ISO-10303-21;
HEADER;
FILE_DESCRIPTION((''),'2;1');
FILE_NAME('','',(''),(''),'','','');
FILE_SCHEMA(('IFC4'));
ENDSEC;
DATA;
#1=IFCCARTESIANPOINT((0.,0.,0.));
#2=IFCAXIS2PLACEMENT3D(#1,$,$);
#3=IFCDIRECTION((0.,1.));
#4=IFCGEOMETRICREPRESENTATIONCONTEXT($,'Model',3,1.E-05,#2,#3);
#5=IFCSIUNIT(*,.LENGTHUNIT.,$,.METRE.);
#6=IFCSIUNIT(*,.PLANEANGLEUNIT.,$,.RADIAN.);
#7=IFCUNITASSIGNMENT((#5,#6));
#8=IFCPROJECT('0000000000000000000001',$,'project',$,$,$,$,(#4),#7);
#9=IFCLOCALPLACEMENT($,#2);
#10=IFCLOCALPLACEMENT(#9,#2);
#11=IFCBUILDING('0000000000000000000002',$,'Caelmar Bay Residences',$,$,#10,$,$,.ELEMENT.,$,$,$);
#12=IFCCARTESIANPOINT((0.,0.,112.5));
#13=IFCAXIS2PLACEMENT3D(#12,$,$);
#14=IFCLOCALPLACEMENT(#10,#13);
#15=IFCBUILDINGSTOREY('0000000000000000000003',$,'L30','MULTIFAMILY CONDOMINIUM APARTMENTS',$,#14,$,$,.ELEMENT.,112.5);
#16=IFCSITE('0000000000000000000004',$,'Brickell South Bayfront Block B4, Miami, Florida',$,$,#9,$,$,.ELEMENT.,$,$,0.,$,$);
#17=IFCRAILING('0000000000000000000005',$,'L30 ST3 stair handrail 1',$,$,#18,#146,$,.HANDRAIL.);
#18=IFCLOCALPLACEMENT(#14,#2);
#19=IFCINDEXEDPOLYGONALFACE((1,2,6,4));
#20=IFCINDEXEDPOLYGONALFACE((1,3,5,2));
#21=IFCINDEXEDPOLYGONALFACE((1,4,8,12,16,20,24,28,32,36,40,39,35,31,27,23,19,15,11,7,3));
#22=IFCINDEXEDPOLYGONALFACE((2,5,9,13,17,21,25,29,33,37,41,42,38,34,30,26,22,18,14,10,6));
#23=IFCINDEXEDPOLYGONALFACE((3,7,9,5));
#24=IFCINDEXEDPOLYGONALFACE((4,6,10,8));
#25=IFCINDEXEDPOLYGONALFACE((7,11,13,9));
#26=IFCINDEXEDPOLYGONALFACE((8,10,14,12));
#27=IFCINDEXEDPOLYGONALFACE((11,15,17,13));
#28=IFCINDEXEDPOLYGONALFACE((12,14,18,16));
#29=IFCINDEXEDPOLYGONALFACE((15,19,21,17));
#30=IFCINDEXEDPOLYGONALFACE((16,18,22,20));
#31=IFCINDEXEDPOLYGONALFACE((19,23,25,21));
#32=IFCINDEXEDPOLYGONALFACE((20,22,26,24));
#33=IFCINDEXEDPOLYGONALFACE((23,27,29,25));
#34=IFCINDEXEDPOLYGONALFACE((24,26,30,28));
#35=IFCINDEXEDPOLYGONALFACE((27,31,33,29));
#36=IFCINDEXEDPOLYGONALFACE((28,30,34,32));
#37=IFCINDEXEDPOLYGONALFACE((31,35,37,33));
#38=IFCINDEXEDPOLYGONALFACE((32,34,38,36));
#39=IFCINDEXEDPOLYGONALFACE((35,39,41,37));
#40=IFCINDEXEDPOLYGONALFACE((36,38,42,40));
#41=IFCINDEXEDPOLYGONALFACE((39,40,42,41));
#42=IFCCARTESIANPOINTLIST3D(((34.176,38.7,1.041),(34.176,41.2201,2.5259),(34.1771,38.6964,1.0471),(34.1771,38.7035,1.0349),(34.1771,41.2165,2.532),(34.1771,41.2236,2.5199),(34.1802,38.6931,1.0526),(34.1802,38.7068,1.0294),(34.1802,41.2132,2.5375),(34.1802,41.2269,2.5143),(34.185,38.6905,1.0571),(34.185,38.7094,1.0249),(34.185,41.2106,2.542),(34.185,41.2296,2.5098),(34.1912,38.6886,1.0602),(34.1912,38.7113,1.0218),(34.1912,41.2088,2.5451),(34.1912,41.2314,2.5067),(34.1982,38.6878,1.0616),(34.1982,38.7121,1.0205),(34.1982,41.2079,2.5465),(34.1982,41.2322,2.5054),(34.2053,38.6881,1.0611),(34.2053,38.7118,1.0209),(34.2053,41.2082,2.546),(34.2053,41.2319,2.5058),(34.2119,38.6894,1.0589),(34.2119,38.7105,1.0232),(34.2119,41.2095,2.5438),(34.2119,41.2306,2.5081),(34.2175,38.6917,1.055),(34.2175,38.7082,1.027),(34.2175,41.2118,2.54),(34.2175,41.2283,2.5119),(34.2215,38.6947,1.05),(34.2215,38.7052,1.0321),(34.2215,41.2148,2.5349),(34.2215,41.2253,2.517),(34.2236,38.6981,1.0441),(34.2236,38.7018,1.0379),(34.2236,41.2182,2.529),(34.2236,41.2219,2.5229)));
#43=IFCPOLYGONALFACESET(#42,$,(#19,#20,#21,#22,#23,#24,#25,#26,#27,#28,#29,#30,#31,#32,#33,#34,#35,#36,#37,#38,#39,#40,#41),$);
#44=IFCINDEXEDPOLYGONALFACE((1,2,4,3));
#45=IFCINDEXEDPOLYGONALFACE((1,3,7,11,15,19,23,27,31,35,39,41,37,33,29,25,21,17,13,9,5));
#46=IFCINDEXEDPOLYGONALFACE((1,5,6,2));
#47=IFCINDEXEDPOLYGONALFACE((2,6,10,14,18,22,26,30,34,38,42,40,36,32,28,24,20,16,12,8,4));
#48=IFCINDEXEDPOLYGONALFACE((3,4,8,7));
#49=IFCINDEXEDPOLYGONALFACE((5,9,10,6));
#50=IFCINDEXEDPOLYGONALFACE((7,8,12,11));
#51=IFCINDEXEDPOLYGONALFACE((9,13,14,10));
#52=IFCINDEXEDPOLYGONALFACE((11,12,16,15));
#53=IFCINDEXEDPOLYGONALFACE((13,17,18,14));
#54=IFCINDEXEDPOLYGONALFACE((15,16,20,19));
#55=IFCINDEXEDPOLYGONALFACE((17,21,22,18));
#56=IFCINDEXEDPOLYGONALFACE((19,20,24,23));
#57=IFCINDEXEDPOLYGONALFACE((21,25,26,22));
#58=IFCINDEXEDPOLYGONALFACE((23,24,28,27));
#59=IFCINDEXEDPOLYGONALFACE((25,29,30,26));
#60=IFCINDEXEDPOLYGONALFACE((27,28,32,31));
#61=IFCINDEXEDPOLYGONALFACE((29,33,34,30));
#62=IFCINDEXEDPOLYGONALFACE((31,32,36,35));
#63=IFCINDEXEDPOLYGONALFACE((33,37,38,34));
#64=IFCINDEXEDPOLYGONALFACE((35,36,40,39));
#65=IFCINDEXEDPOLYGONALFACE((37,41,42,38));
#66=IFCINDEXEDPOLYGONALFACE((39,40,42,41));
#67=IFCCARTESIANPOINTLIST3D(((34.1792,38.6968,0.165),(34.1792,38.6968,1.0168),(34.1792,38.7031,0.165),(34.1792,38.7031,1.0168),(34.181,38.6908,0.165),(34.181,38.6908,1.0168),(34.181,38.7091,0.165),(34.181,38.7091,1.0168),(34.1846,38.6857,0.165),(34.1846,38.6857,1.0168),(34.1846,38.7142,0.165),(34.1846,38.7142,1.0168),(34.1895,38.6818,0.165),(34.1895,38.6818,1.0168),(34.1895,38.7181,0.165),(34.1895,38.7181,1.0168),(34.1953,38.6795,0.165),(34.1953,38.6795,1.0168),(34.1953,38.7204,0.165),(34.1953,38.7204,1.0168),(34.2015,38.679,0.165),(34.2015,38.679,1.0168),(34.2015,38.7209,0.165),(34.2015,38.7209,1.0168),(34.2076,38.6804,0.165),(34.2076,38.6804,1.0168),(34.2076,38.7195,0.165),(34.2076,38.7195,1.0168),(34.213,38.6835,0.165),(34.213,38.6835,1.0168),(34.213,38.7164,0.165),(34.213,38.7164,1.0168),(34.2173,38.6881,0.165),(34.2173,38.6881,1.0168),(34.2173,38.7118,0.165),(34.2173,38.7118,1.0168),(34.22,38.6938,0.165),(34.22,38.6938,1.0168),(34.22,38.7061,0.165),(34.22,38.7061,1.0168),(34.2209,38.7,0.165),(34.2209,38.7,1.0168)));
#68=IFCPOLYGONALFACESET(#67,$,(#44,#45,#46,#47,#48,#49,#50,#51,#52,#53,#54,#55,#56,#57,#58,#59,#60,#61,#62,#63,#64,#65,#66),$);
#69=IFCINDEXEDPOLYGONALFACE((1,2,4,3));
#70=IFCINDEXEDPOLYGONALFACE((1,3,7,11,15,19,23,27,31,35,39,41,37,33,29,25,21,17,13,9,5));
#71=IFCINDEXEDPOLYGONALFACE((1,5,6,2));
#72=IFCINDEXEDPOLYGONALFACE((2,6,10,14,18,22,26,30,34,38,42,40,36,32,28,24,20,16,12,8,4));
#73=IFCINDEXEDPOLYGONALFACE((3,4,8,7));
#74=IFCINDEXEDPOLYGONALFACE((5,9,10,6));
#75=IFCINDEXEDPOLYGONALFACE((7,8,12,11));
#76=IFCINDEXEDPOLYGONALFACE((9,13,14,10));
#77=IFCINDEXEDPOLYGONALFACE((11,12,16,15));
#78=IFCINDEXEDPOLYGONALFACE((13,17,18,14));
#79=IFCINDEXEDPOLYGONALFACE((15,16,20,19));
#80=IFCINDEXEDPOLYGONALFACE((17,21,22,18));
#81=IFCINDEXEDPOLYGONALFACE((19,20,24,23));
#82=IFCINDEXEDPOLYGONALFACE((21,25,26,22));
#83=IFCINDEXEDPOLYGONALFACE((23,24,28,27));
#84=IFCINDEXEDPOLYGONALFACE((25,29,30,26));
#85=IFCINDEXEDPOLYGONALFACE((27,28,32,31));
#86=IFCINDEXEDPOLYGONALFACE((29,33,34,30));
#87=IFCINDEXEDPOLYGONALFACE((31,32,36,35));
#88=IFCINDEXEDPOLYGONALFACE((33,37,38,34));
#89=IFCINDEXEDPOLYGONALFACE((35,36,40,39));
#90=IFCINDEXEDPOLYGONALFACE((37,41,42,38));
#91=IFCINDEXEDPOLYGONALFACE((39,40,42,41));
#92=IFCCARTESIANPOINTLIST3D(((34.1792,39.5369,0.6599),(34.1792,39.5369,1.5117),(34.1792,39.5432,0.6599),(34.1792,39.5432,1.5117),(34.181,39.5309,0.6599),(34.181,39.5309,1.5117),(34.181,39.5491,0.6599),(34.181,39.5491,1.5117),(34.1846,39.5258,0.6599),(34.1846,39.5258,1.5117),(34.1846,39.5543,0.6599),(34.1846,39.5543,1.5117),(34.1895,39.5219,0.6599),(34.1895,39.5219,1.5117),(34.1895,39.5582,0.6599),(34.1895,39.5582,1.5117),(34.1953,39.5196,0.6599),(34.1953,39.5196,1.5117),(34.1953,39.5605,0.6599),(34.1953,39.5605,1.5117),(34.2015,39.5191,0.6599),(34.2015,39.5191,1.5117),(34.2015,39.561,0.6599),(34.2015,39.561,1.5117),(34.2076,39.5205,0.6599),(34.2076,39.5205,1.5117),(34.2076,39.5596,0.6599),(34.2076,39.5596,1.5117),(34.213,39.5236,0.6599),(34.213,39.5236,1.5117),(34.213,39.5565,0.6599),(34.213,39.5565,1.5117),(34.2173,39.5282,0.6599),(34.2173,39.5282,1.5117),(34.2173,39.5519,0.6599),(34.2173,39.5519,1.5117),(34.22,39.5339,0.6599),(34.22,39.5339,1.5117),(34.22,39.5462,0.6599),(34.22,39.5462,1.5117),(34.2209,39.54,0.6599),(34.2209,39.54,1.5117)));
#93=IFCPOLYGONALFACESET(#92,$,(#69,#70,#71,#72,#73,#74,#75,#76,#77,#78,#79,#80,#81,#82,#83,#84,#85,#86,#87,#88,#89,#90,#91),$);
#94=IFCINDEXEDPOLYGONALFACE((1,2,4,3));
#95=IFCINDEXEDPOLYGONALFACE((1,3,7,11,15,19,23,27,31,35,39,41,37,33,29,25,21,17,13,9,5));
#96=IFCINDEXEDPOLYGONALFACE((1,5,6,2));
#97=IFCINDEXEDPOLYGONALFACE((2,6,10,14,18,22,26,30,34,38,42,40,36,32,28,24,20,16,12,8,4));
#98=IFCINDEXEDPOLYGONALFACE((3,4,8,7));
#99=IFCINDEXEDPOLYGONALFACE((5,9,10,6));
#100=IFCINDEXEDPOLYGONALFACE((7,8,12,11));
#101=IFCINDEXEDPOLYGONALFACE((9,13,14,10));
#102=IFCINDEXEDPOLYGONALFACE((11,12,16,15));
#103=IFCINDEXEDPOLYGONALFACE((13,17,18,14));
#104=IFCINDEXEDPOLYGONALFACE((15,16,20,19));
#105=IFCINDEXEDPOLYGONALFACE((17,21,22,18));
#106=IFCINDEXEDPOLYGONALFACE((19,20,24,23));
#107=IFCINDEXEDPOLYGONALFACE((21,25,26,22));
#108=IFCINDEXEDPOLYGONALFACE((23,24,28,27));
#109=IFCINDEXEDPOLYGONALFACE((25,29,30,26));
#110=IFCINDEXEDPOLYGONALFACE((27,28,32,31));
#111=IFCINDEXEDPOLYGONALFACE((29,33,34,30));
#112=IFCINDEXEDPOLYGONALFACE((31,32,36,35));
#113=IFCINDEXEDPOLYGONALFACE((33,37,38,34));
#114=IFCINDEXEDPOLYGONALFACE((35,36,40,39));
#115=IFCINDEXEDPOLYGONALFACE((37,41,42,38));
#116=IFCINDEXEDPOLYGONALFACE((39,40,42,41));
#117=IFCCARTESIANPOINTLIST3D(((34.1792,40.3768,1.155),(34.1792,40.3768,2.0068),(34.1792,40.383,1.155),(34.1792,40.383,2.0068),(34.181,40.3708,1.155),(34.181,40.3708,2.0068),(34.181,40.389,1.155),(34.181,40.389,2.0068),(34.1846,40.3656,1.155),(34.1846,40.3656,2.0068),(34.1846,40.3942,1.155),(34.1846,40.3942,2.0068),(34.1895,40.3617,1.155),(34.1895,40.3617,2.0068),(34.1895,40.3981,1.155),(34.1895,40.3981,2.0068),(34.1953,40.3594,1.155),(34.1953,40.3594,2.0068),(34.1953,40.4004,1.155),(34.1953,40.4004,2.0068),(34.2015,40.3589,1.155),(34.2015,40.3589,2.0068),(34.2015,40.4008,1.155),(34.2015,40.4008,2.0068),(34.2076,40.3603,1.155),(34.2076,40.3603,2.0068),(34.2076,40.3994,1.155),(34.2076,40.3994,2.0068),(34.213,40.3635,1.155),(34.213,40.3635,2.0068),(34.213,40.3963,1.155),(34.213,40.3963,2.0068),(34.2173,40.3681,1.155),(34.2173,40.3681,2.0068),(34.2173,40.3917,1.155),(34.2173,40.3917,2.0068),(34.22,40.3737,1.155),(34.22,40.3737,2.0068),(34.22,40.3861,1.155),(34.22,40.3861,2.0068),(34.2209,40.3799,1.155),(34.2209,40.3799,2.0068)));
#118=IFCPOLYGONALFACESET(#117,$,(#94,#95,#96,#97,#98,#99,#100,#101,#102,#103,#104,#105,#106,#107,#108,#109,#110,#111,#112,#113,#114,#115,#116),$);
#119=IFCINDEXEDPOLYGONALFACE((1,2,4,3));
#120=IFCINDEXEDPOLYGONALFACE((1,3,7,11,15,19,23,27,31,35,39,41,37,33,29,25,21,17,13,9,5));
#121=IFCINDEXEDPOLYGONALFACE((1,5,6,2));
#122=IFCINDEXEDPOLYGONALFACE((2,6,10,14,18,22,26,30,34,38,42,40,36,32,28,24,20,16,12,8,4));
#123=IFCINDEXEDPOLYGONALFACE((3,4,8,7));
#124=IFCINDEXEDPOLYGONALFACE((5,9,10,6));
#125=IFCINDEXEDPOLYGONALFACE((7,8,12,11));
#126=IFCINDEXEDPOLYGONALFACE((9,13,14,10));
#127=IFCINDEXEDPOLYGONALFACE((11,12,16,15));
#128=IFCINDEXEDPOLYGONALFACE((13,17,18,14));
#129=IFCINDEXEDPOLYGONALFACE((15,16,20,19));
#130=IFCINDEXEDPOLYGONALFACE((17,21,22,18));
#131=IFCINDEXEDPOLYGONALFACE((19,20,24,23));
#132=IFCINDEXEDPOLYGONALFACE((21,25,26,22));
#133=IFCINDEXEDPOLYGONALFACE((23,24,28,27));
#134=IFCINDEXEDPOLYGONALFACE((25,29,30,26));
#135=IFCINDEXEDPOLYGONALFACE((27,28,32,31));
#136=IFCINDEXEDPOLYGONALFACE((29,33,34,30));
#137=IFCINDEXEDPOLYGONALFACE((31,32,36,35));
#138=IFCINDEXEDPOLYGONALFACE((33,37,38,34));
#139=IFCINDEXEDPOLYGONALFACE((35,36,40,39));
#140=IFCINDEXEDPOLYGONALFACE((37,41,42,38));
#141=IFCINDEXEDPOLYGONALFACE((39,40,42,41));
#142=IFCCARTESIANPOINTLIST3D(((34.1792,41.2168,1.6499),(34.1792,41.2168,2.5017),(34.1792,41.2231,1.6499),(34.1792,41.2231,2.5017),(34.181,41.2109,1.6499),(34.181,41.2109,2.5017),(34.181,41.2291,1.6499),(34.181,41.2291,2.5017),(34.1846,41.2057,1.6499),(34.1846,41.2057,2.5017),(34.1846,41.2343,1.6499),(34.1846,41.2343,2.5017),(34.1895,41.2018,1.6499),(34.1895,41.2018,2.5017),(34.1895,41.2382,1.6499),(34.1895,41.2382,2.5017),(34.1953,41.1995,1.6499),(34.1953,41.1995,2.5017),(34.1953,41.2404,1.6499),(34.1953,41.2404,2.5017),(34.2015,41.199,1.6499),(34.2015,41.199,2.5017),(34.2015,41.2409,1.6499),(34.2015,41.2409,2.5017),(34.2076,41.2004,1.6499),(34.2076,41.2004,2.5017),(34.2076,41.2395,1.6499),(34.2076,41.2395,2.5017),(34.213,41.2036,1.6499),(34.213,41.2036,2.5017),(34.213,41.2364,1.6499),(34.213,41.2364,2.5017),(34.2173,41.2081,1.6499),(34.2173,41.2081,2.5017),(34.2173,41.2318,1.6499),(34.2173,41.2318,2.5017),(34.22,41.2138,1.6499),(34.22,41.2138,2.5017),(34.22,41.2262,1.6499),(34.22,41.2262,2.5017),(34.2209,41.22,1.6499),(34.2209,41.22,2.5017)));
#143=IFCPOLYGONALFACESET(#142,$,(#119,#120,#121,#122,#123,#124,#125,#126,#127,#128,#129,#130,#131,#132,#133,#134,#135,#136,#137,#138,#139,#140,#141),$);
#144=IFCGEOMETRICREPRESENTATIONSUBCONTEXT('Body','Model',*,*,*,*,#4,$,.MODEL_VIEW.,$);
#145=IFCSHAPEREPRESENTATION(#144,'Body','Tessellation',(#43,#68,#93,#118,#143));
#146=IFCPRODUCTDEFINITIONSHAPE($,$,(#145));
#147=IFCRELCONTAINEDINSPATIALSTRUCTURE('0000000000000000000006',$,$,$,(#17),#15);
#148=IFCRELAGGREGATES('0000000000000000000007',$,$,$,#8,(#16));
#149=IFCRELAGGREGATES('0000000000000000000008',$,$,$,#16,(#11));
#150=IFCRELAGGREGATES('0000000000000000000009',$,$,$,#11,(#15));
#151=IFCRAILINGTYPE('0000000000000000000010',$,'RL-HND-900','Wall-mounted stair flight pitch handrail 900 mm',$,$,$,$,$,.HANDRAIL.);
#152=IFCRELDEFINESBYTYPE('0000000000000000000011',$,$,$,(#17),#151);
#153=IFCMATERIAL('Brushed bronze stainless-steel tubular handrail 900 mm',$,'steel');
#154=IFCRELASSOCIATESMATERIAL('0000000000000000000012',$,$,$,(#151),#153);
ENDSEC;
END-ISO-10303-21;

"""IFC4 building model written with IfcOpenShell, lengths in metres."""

from ifc_helpers import new_model, si_unit, direction, frame, origin, origin_2d, place, context, subcontext, project, spatial, circle, extrude, material, type_object, element, save


model = new_model("IFC4")

# Units and contexts
model_context = context("Model", 3, precision=1e-05, world=origin(), true_north=direction((0.0, 1.0)))
body_context = subcontext(model_context, "Body", "Model", "MODEL_VIEW")
ifc_project = project(units=[si_unit("LENGTHUNIT", "METRE"), si_unit("PLANEANGLEUNIT", "RADIAN")], contexts=[model_context])

# Site, building, storey
site_placement = place(None, origin())
site = spatial("IfcSite", under=ifc_project, at=site_placement, Name="Brickell South Bayfront Block B4, Miami, Florida", CompositionType="ELEMENT", RefElevation=0.0)
building_placement = place(site_placement, origin())
building = spatial("IfcBuilding", under=site, at=building_placement, Name="Caelmar Bay Residences", CompositionType="ELEMENT")
storey_placement = place(building_placement, frame((0.0, 0.0, 112.5)))
storey = spatial("IfcBuildingStorey", under=building, at=storey_placement, Name="L30", Description="MULTIFAMILY CONDOMINIUM APARTMENTS", CompositionType="ELEMENT", Elevation=112.5)

# Railing
ifc_material_1 = material(Name="Brushed bronze stainless-steel tubular handrail 900 mm", Category="steel")
railing_type_1 = type_object("IfcRailingType", Name="RL-HND-900", Description="Wall-mounted stair flight pitch handrail 900 mm", PredefinedType="HANDRAIL", material=ifc_material_1)
railing_1_placement = place(storey_placement, frame((34.2, 38.7, 0.165)))
element("IfcRailing", 1, at=railing_1_placement, inside=storey, type_object=railing_type_1, Name="L30 ST3 stair handrail 1", PredefinedType="HANDRAIL", context=body_context, shape_type="SweptSolid", body=[
    extrude(circle(Radius=0.0239, at=origin_2d()), frame((0.0, 0.0, 0.876), z_axis=(0.0, 0.861561, 0.507655), x_axis=(-1.0, 0.0, 0.0)), (0.0, 0.0, 1.0), 2.925),
    extrude(circle(Radius=0.021, at=origin_2d()), origin(), (0.0, 0.0, 1.0), 0.8518),
    extrude(circle(Radius=0.021, at=origin_2d()), frame((0.0, 0.8401, 0.4949)), (0.0, 0.0, 1.0), 0.8518),
    extrude(circle(Radius=0.021, at=origin_2d()), frame((0.0, 1.6799, 0.99)), (0.0, 0.0, 1.0), 0.8518),
    extrude(circle(Radius=0.021, at=origin_2d()), frame((0.0, 2.52, 1.4849)), (0.0, 0.0, 1.0), 0.8518),
])

save(model, "model.ifc")
